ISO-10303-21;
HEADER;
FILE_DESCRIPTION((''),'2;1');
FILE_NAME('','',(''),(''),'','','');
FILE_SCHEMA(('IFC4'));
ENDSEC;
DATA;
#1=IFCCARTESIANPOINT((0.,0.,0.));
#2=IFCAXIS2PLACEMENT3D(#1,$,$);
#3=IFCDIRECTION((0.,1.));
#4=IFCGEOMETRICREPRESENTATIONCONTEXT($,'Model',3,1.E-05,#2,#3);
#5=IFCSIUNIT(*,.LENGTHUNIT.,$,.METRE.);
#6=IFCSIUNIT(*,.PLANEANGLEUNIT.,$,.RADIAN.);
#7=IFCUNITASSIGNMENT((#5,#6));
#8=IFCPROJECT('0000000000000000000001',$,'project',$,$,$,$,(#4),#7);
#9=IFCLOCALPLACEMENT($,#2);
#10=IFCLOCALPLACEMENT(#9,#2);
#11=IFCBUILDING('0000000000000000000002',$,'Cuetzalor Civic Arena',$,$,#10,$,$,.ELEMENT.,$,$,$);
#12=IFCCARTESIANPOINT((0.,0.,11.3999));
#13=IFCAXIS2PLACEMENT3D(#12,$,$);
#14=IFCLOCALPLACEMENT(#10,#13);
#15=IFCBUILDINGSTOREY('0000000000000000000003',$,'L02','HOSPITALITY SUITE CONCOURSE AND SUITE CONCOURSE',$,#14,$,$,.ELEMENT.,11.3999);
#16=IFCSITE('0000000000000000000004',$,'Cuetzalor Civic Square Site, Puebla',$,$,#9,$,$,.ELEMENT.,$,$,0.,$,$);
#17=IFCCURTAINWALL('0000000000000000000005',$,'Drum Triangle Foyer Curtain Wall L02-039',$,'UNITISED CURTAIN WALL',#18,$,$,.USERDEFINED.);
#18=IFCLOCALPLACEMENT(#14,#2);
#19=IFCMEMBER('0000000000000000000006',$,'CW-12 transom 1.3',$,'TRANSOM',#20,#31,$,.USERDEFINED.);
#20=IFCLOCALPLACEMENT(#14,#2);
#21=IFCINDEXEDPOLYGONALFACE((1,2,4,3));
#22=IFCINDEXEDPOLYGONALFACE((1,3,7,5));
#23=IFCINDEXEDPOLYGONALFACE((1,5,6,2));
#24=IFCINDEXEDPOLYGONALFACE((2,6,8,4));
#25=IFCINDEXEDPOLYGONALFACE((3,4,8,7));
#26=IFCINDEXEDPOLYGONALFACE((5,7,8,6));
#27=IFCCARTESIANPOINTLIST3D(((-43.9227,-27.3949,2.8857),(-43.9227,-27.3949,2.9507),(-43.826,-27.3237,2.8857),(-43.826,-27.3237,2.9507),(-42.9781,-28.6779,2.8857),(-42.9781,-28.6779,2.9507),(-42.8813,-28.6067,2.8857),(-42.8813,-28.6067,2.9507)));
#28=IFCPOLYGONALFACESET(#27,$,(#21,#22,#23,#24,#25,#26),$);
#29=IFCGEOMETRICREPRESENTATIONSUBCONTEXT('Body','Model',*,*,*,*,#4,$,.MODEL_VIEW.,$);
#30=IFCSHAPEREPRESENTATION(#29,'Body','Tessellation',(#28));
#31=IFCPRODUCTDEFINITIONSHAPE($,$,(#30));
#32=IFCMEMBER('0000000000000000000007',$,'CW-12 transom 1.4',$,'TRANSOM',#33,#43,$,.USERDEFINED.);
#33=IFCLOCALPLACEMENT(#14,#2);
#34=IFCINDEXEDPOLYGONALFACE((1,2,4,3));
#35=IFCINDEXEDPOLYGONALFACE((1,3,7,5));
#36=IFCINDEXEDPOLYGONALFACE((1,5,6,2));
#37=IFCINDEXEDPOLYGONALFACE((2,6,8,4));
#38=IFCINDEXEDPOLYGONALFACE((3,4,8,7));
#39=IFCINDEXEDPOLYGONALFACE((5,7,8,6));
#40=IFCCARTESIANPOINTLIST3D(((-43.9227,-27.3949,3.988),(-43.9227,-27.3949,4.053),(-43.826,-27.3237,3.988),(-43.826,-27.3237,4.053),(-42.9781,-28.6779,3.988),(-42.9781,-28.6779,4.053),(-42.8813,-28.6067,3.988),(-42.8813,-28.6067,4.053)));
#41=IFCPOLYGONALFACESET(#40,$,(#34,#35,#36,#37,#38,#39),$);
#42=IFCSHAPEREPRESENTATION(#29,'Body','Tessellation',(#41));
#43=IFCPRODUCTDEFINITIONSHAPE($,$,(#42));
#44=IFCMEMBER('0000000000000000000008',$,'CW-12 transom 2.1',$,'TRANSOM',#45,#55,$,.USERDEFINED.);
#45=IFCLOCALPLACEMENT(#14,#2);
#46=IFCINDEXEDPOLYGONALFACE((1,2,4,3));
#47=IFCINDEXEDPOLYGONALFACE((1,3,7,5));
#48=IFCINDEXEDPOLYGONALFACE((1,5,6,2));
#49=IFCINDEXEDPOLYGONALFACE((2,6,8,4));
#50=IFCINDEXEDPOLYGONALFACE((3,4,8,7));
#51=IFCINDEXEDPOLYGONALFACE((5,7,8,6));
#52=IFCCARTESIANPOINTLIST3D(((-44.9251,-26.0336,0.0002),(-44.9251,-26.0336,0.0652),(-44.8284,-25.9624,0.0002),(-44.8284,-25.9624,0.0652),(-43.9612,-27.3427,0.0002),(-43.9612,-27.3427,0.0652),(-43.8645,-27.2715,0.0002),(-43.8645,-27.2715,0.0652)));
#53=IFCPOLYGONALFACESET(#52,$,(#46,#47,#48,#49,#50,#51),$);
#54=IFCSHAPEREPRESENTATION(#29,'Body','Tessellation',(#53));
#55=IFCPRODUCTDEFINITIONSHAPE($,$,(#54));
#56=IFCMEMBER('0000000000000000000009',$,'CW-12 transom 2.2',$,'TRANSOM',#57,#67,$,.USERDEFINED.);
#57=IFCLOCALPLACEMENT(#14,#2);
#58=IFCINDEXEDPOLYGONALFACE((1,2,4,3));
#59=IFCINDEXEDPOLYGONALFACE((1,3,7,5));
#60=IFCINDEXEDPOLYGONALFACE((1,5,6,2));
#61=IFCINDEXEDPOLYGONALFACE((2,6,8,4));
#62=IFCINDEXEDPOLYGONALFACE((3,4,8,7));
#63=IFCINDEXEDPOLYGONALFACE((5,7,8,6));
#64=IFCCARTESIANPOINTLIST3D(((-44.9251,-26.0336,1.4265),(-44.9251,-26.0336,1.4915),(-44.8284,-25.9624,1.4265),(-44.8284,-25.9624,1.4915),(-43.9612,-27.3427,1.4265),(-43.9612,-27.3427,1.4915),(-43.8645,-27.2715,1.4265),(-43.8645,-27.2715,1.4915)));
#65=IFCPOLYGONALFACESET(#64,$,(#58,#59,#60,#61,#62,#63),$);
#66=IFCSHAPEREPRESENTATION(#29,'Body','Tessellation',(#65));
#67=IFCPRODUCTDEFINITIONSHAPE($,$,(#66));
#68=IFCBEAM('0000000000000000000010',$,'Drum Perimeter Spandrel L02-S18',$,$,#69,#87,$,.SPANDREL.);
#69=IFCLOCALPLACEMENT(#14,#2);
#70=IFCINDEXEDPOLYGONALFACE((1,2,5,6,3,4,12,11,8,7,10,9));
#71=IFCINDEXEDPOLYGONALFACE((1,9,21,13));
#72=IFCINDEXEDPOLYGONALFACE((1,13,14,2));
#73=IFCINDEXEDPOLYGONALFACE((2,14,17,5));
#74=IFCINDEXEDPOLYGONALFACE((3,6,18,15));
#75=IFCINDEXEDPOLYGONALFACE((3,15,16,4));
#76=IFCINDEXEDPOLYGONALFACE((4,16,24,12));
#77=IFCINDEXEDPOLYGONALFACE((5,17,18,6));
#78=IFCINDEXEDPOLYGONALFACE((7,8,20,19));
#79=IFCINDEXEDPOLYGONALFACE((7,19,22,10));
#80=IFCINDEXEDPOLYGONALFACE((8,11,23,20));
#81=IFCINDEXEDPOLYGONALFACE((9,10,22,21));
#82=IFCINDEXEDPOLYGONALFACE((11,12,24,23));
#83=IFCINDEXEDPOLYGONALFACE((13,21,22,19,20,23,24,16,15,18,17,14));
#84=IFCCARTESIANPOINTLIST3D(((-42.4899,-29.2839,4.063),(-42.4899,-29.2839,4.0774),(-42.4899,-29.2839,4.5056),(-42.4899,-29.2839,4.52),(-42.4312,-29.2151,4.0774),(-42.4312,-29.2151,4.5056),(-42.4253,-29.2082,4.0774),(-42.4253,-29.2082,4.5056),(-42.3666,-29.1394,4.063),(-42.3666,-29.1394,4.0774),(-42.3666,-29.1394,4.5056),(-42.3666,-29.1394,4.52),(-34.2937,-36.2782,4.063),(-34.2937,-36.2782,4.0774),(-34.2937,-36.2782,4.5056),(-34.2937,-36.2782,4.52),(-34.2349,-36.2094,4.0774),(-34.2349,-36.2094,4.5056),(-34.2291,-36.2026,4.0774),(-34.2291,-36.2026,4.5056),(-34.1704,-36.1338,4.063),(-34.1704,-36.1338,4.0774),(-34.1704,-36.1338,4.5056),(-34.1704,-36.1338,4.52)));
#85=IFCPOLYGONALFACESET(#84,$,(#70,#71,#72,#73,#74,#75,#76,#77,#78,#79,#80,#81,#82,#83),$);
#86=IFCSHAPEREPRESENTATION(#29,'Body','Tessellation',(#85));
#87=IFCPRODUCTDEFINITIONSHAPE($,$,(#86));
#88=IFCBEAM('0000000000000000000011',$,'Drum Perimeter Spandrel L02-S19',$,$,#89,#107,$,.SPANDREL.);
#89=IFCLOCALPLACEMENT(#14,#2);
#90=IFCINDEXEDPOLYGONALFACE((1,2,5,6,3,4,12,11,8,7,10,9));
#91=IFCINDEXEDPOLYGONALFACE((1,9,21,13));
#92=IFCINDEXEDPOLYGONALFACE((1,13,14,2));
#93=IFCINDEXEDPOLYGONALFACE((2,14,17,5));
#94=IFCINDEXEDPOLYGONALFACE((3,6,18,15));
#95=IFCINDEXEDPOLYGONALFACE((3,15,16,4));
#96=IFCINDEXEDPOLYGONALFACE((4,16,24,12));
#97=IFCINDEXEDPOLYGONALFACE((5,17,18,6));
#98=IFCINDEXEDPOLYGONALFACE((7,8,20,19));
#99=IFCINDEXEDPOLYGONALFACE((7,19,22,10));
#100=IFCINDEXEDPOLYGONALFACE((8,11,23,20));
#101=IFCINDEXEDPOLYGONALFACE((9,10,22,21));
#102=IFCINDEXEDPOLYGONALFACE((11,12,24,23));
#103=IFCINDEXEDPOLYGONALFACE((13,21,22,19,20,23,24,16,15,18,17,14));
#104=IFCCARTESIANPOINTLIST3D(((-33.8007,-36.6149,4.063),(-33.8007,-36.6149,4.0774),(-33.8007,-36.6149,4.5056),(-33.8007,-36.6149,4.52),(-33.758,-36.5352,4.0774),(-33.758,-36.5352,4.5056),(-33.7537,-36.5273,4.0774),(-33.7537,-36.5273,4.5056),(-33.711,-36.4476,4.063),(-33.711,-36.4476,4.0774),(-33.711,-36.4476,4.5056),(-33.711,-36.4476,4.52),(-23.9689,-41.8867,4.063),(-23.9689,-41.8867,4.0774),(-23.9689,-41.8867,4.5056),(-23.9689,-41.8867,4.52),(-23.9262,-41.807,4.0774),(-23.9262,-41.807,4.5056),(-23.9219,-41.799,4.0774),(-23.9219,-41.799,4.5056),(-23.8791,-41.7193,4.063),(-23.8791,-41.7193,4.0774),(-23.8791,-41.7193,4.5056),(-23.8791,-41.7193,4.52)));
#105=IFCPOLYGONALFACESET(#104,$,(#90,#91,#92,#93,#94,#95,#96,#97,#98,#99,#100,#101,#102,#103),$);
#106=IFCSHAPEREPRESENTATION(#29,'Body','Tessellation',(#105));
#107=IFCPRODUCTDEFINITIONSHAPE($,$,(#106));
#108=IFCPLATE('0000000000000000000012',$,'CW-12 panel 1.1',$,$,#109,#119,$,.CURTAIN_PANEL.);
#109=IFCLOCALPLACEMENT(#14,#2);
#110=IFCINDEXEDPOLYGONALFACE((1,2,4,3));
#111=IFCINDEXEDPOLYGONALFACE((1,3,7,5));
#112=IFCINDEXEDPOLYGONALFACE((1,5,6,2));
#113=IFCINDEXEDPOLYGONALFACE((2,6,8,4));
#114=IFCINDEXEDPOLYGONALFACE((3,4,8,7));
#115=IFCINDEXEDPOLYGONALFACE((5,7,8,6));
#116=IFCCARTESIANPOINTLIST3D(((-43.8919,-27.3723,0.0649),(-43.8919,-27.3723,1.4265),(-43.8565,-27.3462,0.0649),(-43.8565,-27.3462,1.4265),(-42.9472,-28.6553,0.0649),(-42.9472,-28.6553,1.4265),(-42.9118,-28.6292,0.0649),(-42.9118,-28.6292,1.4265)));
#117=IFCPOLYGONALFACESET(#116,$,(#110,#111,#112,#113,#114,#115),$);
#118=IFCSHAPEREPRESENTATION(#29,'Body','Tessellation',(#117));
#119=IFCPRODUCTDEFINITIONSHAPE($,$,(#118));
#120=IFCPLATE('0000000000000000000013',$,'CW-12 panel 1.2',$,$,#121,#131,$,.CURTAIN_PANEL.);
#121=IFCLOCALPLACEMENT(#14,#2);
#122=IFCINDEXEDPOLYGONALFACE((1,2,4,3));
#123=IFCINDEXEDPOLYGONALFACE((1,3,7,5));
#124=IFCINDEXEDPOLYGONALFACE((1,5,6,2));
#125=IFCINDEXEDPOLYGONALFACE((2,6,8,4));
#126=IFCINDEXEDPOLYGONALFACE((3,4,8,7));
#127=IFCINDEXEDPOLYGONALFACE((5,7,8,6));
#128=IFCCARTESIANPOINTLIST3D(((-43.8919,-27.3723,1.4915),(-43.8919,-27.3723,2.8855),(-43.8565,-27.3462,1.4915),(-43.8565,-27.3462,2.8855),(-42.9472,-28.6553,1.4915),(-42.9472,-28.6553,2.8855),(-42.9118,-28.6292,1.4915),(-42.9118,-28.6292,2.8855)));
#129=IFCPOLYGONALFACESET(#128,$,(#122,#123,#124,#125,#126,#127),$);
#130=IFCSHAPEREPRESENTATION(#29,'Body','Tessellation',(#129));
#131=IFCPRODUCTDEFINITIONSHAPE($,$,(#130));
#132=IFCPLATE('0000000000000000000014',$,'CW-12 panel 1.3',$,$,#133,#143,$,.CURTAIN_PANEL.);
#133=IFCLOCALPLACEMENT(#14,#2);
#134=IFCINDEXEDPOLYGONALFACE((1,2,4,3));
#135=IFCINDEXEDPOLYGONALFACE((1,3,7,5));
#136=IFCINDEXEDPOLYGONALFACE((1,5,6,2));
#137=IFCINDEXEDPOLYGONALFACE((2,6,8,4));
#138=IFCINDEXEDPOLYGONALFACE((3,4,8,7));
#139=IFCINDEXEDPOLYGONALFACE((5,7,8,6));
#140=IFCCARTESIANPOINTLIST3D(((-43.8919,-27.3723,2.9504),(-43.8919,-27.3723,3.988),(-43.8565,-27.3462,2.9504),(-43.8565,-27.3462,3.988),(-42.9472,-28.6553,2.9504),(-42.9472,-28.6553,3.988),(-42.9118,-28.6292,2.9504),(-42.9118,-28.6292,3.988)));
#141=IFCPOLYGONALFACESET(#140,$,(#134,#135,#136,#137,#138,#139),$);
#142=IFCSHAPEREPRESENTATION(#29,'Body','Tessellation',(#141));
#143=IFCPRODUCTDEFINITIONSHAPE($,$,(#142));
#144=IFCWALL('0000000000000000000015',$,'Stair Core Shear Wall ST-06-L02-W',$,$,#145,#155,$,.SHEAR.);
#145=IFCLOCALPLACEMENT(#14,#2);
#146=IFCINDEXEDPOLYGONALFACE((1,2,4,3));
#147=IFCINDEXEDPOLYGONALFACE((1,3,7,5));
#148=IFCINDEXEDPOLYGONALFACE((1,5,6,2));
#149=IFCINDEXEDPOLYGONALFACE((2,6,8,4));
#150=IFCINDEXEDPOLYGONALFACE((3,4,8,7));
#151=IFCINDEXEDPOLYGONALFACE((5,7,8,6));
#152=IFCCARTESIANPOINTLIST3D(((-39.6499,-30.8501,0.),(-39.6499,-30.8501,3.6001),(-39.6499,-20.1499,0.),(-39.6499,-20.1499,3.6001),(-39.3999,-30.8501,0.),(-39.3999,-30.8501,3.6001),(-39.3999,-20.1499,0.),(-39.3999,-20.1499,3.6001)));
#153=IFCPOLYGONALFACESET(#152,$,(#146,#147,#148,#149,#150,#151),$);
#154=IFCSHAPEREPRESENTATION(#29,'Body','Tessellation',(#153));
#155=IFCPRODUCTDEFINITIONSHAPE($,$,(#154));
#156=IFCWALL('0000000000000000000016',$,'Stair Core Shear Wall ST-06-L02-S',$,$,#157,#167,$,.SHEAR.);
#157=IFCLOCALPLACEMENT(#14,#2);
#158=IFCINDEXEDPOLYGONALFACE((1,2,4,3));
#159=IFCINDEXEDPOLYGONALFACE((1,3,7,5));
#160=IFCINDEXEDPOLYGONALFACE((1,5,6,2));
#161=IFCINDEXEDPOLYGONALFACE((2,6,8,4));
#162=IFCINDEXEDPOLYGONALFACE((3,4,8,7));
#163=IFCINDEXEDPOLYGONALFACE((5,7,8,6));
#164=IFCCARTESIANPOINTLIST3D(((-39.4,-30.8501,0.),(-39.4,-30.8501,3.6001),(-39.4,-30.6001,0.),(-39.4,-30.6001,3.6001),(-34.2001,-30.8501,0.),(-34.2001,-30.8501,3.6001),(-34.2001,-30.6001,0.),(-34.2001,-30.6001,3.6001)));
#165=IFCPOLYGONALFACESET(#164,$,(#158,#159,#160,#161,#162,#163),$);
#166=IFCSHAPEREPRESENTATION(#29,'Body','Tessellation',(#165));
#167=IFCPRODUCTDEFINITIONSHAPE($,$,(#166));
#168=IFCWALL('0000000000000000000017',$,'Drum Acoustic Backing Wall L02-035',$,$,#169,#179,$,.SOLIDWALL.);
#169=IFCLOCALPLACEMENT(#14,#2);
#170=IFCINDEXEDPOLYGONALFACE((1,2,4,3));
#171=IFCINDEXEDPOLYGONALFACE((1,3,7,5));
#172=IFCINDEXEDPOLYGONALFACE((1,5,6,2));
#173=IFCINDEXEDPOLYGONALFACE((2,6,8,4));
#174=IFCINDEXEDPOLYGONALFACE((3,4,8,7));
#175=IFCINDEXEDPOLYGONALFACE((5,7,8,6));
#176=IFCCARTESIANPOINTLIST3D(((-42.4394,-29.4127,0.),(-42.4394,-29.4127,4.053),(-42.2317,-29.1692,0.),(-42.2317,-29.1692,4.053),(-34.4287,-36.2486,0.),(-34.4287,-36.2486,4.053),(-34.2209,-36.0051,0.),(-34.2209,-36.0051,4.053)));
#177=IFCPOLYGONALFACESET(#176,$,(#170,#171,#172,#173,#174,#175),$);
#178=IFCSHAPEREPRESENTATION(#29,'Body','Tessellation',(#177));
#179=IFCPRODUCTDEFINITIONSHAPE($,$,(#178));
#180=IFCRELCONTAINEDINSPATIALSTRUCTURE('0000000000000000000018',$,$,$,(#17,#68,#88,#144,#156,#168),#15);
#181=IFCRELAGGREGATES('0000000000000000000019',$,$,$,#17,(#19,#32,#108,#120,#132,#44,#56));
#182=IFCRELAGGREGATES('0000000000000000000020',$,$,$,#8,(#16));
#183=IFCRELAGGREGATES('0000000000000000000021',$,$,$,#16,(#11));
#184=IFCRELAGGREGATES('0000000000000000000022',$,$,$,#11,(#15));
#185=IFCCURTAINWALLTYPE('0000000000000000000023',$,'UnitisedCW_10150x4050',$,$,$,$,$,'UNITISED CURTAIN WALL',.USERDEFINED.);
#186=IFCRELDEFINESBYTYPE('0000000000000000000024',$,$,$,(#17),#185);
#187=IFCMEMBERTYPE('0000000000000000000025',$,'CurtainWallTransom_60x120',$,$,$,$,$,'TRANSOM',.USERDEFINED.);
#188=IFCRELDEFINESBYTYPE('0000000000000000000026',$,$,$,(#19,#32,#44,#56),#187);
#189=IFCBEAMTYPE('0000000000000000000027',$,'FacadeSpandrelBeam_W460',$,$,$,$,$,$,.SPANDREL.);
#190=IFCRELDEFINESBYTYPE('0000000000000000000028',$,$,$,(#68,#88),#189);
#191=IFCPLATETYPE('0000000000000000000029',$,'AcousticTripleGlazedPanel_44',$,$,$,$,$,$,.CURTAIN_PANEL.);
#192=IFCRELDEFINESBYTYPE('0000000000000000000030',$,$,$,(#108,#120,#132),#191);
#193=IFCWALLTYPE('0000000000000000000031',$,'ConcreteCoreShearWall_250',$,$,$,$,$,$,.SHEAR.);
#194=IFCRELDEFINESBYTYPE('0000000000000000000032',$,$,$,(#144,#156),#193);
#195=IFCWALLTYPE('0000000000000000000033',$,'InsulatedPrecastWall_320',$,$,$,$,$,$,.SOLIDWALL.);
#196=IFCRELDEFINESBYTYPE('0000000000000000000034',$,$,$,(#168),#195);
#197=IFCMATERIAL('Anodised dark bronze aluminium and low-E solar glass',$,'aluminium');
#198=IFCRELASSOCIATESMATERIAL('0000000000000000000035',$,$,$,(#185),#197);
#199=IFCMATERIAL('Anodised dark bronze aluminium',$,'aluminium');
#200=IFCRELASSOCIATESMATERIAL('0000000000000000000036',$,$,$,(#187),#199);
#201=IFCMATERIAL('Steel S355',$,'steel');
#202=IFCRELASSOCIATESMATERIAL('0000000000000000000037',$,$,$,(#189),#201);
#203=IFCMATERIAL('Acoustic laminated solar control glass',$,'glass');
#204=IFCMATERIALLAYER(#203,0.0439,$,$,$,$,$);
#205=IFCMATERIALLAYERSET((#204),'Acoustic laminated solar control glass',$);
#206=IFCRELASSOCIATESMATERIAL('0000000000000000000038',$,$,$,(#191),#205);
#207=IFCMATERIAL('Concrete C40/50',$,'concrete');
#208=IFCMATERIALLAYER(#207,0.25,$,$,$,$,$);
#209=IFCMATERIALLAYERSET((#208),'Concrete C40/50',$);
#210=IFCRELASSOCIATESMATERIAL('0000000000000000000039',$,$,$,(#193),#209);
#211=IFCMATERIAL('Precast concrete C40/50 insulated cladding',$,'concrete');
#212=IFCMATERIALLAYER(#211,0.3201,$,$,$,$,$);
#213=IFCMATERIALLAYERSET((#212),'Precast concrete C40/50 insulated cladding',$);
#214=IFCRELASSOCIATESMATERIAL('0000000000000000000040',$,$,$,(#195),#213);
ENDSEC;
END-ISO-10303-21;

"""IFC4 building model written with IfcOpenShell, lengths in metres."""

from ifc_helpers import new_model, si_unit, direction, frame, frame_2d, origin, origin_2d, place, context, subcontext, project, spatial, rectangle, i_section, extrude, material, layer, layer_set, material_profile, profile_set, type_object, element, aggregate, save


model = new_model("IFC4")

# Units and contexts
model_context = context("Model", 3, precision=1e-05, world=origin(), true_north=direction((0.0, 1.0)))
body_context = subcontext(model_context, "Body", "Model", "MODEL_VIEW")
ifc_project = project(units=[si_unit("LENGTHUNIT", "METRE"), si_unit("PLANEANGLEUNIT", "RADIAN")], contexts=[model_context])

# Site, building, storey
site_placement = place(None, origin())
site = spatial("IfcSite", under=ifc_project, at=site_placement, Name="Cuetzalor Civic Square Site, Puebla", CompositionType="ELEMENT", RefElevation=0.0)
building_placement = place(site_placement, origin())
building = spatial("IfcBuilding", under=site, at=building_placement, Name="Cuetzalor Civic Arena", CompositionType="ELEMENT")
storey_placement = place(building_placement, frame((0.0, 0.0, 11.3999)))
storey = spatial("IfcBuildingStorey", under=building, at=storey_placement, Name="L02", Description="HOSPITALITY SUITE CONCOURSE AND SUITE CONCOURSE", CompositionType="ELEMENT", Elevation=11.3999)

# Curtain wall, members
ifc_material_1 = material(Name="Anodised dark bronze aluminium and low-E solar glass", Category="aluminium")
curtain_wall_type = type_object("IfcCurtainWallType", Name="UnitisedCW_10150x4050", ElementType="UNITISED CURTAIN WALL", PredefinedType="USERDEFINED", material=ifc_material_1)
curtain_wall_placement = place(storey_placement, origin())
curtain_wall = element("IfcCurtainWall", 1, at=curtain_wall_placement, inside=storey, type_object=curtain_wall_type, Name="Drum Triangle Foyer Curtain Wall L02-039", ObjectType="UNITISED CURTAIN WALL", PredefinedType="USERDEFINED")
ifc_material_2 = material(Name="Anodised dark bronze aluminium", Category="aluminium")
ifc_material_profile_1 = material_profile(ifc_material_2, rectangle(XDim=0.1201, YDim=0.0649, at=origin_2d()), Name="ALU TRANSOM 65x120")
ifc_profile_set_1 = profile_set([ifc_material_profile_1], Name="Anodised dark bronze aluminium")
member_type_1 = type_object("IfcMemberType", Name="CurtainWallTransom_60x120", ElementType="TRANSOM", PredefinedType="USERDEFINED", material=ifc_profile_set_1)
member_1_placement = place(storey_placement, frame((-42.9297, -28.6423, 2.9182), z_axis=(-0.592891, 0.805283, 0.0), x_axis=(-0.805283, -0.592891, 0.0)))
member_1 = element("IfcMember", 2, at=member_1_placement, type_object=member_type_1, Name="CW-12 transom 1.3", ObjectType="TRANSOM", PredefinedType="USERDEFINED", context=body_context, shape_type="SweptSolid", body=[
    extrude(rectangle(XDim=0.1201, YDim=0.0649, at=origin_2d()), origin(), (0.0, 0.0, 1.0), 1.5933),
])
member_2_placement = place(storey_placement, frame((-42.9297, -28.6423, 4.0205), z_axis=(-0.592891, 0.805283, 0.0), x_axis=(-0.805283, -0.592891, 0.0)))
member_2 = element("IfcMember", 3, at=member_2_placement, type_object=member_type_1, Name="CW-12 transom 1.4", ObjectType="TRANSOM", PredefinedType="USERDEFINED", context=body_context, shape_type="SweptSolid", body=[
    extrude(rectangle(XDim=0.1201, YDim=0.0649, at=origin_2d()), origin(), (0.0, 0.0, 1.0), 1.5933),
])
member_3_placement = place(storey_placement, frame((-43.9128, -27.3071, 0.0327), z_axis=(-0.592912, 0.805267, 0.0), x_axis=(-0.805267, -0.592912, 0.0)))
member_3 = element("IfcMember", 4, at=member_3_placement, type_object=member_type_1, Name="CW-12 transom 2.1", ObjectType="TRANSOM", PredefinedType="USERDEFINED", context=body_context, shape_type="SweptSolid", body=[
    extrude(rectangle(XDim=0.1201, YDim=0.0649, at=origin_2d()), origin(), (0.0, 0.0, 1.0), 1.6257),
])
member_4_placement = place(storey_placement, frame((-43.9128, -27.3071, 1.459), z_axis=(-0.592912, 0.805267, 0.0), x_axis=(-0.805267, -0.592912, 0.0)))
member_4 = element("IfcMember", 5, at=member_4_placement, type_object=member_type_1, Name="CW-12 transom 2.2", ObjectType="TRANSOM", PredefinedType="USERDEFINED", context=body_context, shape_type="SweptSolid", body=[
    extrude(rectangle(XDim=0.1201, YDim=0.0649, at=origin_2d()), origin(), (0.0, 0.0, 1.0), 1.6257),
])

# Beams
ifc_material_3 = material(Name="Steel S355", Category="steel")
ifc_material_profile_2 = material_profile(ifc_material_3, i_section(OverallWidth=0.1899, OverallDepth=0.457, WebThickness=0.009, FlangeThickness=0.0144, at=origin_2d()), Name="W460x74")
ifc_profile_set_2 = profile_set([ifc_material_profile_2], Name="Steel S355")
beam_type = type_object("IfcBeamType", Name="FacadeSpandrelBeam_W460", PredefinedType="SPANDREL", material=ifc_profile_set_2)
beam_1_placement = place(storey_placement, frame((-42.4282, -29.2117, 4.2915), z_axis=(0.760677, -0.649131, 0.0), x_axis=(0.649131, 0.760677, 0.0)))
element("IfcBeam", 6, at=beam_1_placement, inside=storey, type_object=beam_type, Name="Drum Perimeter Spandrel L02-S18", PredefinedType="SPANDREL", context=body_context, shape_type="SweptSolid", body=[
    extrude(i_section(OverallWidth=0.1899, OverallDepth=0.457, WebThickness=0.009, FlangeThickness=0.0144, at=origin_2d()), origin(), (0.0, 0.0, 1.0), 10.7749),
])
beam_2_placement = place(storey_placement, frame((-33.7559, -36.5312, 4.2915), z_axis=(0.881305, -0.472549, 0.0), x_axis=(0.472549, 0.881305, 0.0)))
element("IfcBeam", 7, at=beam_2_placement, inside=storey, type_object=beam_type, Name="Drum Perimeter Spandrel L02-S19", PredefinedType="SPANDREL", context=body_context, shape_type="SweptSolid", body=[
    extrude(i_section(OverallWidth=0.1899, OverallDepth=0.457, WebThickness=0.009, FlangeThickness=0.0144, at=origin_2d()), origin(), (0.0, 0.0, 1.0), 11.156),
])

# Plates
ifc_material_4 = material(Name="Acoustic laminated solar control glass", Category="glass")
ifc_layer_1 = layer(ifc_material_4, 0.0439)
ifc_layer_set_1 = layer_set([ifc_layer_1], Name="Acoustic laminated solar control glass")
plate_type = type_object("IfcPlateType", Name="AcousticTripleGlazedPanel_44", PredefinedType="CURTAIN_PANEL", material=ifc_layer_set_1)
plate_1_placement = place(storey_placement, frame((-43.4019, -28.0007, 0.0649), z_axis=(0.0, 0.0, 1.0), x_axis=(-0.592929, 0.805255, 0.0)))
plate_1 = element("IfcPlate", 8, at=plate_1_placement, type_object=plate_type, Name="CW-12 panel 1.1", PredefinedType="CURTAIN_PANEL", context=body_context, shape_type="SweptSolid", body=[
    extrude(rectangle(XDim=1.5933, YDim=0.0439, at=origin_2d()), origin(), (0.0, 0.0, 1.0), 1.3616),
])
plate_2_placement = place(storey_placement, frame((-43.4019, -28.0007, 1.4915), z_axis=(0.0, 0.0, 1.0), x_axis=(-0.592929, 0.805255, 0.0)))
plate_2 = element("IfcPlate", 9, at=plate_2_placement, type_object=plate_type, Name="CW-12 panel 1.2", PredefinedType="CURTAIN_PANEL", context=body_context, shape_type="SweptSolid", body=[
    extrude(rectangle(XDim=1.5933, YDim=0.0439, at=origin_2d()), origin(), (0.0, 0.0, 1.0), 1.394),
])
plate_3_placement = place(storey_placement, frame((-43.4019, -28.0007, 2.9504), z_axis=(0.0, 0.0, 1.0), x_axis=(-0.592929, 0.805255, 0.0)))
plate_3 = element("IfcPlate", 10, at=plate_3_placement, type_object=plate_type, Name="CW-12 panel 1.3", PredefinedType="CURTAIN_PANEL", context=body_context, shape_type="SweptSolid", body=[
    extrude(rectangle(XDim=1.5933, YDim=0.0439, at=origin_2d()), origin(), (0.0, 0.0, 1.0), 1.0376),
])
aggregate(curtain_wall, [member_1, member_2, plate_1, plate_2, plate_3, member_3, member_4])

# Walls
ifc_material_5 = material(Name="Concrete C40/50", Category="concrete")
ifc_layer_2 = layer(ifc_material_5, 0.25)
ifc_layer_set_2 = layer_set([ifc_layer_2], Name="Concrete C40/50")
wall_type_1 = type_object("IfcWallType", Name="ConcreteCoreShearWall_250", PredefinedType="SHEAR", material=ifc_layer_set_2)
wall_1_placement = place(storey_placement, frame((-39.5249, -30.8501, 0.0), z_axis=(0.0, 0.0, 1.0), x_axis=(0.0, 1.0, 0.0)))
element("IfcWall", 11, at=wall_1_placement, inside=storey, type_object=wall_type_1, Name="Stair Core Shear Wall ST-06-L02-W", PredefinedType="SHEAR", context=body_context, shape_type="SweptSolid", body=[
    extrude(rectangle(XDim=10.7002, YDim=0.25, at=frame_2d((5.3501, 0.0))), origin(), (0.0, 0.0, 1.0), 3.6001),
])
wall_2_placement = place(storey_placement, frame((-34.2, -30.7251, 0.0), z_axis=(0.0, 0.0, 1.0), x_axis=(-1.0, 0.0, 0.0)))
element("IfcWall", 12, at=wall_2_placement, inside=storey, type_object=wall_type_1, Name="Stair Core Shear Wall ST-06-L02-S", PredefinedType="SHEAR", context=body_context, shape_type="SweptSolid", body=[
    extrude(rectangle(XDim=5.2, YDim=0.25, at=frame_2d((2.6001, 0.0))), origin(), (0.0, 0.0, 1.0), 3.6001),
])
ifc_material_6 = material(Name="Precast concrete C40/50 insulated cladding", Category="concrete")
ifc_layer_3 = layer(ifc_material_6, 0.3201)
ifc_layer_set_3 = layer_set([ifc_layer_3], Name="Precast concrete C40/50 insulated cladding")
wall_type_2 = type_object("IfcWallType", Name="InsulatedPrecastWall_320", PredefinedType="SOLIDWALL", material=ifc_layer_set_3)
wall_3_placement = place(storey_placement, frame((-34.3247, -36.127, 0.0), z_axis=(0.0, 0.0, 1.0), x_axis=(-0.760682, 0.649125, 0.0)))
element("IfcWall", 13, at=wall_3_placement, inside=storey, type_object=wall_type_2, Name="Drum Acoustic Backing Wall L02-035", PredefinedType="SOLIDWALL", context=body_context, shape_type="SweptSolid", body=[
    extrude(rectangle(XDim=10.531, YDim=0.3201, at=frame_2d((5.2656, 0.0))), origin(), (0.0, 0.0, 1.0), 4.053),
])

save(model, "model.ifc")
